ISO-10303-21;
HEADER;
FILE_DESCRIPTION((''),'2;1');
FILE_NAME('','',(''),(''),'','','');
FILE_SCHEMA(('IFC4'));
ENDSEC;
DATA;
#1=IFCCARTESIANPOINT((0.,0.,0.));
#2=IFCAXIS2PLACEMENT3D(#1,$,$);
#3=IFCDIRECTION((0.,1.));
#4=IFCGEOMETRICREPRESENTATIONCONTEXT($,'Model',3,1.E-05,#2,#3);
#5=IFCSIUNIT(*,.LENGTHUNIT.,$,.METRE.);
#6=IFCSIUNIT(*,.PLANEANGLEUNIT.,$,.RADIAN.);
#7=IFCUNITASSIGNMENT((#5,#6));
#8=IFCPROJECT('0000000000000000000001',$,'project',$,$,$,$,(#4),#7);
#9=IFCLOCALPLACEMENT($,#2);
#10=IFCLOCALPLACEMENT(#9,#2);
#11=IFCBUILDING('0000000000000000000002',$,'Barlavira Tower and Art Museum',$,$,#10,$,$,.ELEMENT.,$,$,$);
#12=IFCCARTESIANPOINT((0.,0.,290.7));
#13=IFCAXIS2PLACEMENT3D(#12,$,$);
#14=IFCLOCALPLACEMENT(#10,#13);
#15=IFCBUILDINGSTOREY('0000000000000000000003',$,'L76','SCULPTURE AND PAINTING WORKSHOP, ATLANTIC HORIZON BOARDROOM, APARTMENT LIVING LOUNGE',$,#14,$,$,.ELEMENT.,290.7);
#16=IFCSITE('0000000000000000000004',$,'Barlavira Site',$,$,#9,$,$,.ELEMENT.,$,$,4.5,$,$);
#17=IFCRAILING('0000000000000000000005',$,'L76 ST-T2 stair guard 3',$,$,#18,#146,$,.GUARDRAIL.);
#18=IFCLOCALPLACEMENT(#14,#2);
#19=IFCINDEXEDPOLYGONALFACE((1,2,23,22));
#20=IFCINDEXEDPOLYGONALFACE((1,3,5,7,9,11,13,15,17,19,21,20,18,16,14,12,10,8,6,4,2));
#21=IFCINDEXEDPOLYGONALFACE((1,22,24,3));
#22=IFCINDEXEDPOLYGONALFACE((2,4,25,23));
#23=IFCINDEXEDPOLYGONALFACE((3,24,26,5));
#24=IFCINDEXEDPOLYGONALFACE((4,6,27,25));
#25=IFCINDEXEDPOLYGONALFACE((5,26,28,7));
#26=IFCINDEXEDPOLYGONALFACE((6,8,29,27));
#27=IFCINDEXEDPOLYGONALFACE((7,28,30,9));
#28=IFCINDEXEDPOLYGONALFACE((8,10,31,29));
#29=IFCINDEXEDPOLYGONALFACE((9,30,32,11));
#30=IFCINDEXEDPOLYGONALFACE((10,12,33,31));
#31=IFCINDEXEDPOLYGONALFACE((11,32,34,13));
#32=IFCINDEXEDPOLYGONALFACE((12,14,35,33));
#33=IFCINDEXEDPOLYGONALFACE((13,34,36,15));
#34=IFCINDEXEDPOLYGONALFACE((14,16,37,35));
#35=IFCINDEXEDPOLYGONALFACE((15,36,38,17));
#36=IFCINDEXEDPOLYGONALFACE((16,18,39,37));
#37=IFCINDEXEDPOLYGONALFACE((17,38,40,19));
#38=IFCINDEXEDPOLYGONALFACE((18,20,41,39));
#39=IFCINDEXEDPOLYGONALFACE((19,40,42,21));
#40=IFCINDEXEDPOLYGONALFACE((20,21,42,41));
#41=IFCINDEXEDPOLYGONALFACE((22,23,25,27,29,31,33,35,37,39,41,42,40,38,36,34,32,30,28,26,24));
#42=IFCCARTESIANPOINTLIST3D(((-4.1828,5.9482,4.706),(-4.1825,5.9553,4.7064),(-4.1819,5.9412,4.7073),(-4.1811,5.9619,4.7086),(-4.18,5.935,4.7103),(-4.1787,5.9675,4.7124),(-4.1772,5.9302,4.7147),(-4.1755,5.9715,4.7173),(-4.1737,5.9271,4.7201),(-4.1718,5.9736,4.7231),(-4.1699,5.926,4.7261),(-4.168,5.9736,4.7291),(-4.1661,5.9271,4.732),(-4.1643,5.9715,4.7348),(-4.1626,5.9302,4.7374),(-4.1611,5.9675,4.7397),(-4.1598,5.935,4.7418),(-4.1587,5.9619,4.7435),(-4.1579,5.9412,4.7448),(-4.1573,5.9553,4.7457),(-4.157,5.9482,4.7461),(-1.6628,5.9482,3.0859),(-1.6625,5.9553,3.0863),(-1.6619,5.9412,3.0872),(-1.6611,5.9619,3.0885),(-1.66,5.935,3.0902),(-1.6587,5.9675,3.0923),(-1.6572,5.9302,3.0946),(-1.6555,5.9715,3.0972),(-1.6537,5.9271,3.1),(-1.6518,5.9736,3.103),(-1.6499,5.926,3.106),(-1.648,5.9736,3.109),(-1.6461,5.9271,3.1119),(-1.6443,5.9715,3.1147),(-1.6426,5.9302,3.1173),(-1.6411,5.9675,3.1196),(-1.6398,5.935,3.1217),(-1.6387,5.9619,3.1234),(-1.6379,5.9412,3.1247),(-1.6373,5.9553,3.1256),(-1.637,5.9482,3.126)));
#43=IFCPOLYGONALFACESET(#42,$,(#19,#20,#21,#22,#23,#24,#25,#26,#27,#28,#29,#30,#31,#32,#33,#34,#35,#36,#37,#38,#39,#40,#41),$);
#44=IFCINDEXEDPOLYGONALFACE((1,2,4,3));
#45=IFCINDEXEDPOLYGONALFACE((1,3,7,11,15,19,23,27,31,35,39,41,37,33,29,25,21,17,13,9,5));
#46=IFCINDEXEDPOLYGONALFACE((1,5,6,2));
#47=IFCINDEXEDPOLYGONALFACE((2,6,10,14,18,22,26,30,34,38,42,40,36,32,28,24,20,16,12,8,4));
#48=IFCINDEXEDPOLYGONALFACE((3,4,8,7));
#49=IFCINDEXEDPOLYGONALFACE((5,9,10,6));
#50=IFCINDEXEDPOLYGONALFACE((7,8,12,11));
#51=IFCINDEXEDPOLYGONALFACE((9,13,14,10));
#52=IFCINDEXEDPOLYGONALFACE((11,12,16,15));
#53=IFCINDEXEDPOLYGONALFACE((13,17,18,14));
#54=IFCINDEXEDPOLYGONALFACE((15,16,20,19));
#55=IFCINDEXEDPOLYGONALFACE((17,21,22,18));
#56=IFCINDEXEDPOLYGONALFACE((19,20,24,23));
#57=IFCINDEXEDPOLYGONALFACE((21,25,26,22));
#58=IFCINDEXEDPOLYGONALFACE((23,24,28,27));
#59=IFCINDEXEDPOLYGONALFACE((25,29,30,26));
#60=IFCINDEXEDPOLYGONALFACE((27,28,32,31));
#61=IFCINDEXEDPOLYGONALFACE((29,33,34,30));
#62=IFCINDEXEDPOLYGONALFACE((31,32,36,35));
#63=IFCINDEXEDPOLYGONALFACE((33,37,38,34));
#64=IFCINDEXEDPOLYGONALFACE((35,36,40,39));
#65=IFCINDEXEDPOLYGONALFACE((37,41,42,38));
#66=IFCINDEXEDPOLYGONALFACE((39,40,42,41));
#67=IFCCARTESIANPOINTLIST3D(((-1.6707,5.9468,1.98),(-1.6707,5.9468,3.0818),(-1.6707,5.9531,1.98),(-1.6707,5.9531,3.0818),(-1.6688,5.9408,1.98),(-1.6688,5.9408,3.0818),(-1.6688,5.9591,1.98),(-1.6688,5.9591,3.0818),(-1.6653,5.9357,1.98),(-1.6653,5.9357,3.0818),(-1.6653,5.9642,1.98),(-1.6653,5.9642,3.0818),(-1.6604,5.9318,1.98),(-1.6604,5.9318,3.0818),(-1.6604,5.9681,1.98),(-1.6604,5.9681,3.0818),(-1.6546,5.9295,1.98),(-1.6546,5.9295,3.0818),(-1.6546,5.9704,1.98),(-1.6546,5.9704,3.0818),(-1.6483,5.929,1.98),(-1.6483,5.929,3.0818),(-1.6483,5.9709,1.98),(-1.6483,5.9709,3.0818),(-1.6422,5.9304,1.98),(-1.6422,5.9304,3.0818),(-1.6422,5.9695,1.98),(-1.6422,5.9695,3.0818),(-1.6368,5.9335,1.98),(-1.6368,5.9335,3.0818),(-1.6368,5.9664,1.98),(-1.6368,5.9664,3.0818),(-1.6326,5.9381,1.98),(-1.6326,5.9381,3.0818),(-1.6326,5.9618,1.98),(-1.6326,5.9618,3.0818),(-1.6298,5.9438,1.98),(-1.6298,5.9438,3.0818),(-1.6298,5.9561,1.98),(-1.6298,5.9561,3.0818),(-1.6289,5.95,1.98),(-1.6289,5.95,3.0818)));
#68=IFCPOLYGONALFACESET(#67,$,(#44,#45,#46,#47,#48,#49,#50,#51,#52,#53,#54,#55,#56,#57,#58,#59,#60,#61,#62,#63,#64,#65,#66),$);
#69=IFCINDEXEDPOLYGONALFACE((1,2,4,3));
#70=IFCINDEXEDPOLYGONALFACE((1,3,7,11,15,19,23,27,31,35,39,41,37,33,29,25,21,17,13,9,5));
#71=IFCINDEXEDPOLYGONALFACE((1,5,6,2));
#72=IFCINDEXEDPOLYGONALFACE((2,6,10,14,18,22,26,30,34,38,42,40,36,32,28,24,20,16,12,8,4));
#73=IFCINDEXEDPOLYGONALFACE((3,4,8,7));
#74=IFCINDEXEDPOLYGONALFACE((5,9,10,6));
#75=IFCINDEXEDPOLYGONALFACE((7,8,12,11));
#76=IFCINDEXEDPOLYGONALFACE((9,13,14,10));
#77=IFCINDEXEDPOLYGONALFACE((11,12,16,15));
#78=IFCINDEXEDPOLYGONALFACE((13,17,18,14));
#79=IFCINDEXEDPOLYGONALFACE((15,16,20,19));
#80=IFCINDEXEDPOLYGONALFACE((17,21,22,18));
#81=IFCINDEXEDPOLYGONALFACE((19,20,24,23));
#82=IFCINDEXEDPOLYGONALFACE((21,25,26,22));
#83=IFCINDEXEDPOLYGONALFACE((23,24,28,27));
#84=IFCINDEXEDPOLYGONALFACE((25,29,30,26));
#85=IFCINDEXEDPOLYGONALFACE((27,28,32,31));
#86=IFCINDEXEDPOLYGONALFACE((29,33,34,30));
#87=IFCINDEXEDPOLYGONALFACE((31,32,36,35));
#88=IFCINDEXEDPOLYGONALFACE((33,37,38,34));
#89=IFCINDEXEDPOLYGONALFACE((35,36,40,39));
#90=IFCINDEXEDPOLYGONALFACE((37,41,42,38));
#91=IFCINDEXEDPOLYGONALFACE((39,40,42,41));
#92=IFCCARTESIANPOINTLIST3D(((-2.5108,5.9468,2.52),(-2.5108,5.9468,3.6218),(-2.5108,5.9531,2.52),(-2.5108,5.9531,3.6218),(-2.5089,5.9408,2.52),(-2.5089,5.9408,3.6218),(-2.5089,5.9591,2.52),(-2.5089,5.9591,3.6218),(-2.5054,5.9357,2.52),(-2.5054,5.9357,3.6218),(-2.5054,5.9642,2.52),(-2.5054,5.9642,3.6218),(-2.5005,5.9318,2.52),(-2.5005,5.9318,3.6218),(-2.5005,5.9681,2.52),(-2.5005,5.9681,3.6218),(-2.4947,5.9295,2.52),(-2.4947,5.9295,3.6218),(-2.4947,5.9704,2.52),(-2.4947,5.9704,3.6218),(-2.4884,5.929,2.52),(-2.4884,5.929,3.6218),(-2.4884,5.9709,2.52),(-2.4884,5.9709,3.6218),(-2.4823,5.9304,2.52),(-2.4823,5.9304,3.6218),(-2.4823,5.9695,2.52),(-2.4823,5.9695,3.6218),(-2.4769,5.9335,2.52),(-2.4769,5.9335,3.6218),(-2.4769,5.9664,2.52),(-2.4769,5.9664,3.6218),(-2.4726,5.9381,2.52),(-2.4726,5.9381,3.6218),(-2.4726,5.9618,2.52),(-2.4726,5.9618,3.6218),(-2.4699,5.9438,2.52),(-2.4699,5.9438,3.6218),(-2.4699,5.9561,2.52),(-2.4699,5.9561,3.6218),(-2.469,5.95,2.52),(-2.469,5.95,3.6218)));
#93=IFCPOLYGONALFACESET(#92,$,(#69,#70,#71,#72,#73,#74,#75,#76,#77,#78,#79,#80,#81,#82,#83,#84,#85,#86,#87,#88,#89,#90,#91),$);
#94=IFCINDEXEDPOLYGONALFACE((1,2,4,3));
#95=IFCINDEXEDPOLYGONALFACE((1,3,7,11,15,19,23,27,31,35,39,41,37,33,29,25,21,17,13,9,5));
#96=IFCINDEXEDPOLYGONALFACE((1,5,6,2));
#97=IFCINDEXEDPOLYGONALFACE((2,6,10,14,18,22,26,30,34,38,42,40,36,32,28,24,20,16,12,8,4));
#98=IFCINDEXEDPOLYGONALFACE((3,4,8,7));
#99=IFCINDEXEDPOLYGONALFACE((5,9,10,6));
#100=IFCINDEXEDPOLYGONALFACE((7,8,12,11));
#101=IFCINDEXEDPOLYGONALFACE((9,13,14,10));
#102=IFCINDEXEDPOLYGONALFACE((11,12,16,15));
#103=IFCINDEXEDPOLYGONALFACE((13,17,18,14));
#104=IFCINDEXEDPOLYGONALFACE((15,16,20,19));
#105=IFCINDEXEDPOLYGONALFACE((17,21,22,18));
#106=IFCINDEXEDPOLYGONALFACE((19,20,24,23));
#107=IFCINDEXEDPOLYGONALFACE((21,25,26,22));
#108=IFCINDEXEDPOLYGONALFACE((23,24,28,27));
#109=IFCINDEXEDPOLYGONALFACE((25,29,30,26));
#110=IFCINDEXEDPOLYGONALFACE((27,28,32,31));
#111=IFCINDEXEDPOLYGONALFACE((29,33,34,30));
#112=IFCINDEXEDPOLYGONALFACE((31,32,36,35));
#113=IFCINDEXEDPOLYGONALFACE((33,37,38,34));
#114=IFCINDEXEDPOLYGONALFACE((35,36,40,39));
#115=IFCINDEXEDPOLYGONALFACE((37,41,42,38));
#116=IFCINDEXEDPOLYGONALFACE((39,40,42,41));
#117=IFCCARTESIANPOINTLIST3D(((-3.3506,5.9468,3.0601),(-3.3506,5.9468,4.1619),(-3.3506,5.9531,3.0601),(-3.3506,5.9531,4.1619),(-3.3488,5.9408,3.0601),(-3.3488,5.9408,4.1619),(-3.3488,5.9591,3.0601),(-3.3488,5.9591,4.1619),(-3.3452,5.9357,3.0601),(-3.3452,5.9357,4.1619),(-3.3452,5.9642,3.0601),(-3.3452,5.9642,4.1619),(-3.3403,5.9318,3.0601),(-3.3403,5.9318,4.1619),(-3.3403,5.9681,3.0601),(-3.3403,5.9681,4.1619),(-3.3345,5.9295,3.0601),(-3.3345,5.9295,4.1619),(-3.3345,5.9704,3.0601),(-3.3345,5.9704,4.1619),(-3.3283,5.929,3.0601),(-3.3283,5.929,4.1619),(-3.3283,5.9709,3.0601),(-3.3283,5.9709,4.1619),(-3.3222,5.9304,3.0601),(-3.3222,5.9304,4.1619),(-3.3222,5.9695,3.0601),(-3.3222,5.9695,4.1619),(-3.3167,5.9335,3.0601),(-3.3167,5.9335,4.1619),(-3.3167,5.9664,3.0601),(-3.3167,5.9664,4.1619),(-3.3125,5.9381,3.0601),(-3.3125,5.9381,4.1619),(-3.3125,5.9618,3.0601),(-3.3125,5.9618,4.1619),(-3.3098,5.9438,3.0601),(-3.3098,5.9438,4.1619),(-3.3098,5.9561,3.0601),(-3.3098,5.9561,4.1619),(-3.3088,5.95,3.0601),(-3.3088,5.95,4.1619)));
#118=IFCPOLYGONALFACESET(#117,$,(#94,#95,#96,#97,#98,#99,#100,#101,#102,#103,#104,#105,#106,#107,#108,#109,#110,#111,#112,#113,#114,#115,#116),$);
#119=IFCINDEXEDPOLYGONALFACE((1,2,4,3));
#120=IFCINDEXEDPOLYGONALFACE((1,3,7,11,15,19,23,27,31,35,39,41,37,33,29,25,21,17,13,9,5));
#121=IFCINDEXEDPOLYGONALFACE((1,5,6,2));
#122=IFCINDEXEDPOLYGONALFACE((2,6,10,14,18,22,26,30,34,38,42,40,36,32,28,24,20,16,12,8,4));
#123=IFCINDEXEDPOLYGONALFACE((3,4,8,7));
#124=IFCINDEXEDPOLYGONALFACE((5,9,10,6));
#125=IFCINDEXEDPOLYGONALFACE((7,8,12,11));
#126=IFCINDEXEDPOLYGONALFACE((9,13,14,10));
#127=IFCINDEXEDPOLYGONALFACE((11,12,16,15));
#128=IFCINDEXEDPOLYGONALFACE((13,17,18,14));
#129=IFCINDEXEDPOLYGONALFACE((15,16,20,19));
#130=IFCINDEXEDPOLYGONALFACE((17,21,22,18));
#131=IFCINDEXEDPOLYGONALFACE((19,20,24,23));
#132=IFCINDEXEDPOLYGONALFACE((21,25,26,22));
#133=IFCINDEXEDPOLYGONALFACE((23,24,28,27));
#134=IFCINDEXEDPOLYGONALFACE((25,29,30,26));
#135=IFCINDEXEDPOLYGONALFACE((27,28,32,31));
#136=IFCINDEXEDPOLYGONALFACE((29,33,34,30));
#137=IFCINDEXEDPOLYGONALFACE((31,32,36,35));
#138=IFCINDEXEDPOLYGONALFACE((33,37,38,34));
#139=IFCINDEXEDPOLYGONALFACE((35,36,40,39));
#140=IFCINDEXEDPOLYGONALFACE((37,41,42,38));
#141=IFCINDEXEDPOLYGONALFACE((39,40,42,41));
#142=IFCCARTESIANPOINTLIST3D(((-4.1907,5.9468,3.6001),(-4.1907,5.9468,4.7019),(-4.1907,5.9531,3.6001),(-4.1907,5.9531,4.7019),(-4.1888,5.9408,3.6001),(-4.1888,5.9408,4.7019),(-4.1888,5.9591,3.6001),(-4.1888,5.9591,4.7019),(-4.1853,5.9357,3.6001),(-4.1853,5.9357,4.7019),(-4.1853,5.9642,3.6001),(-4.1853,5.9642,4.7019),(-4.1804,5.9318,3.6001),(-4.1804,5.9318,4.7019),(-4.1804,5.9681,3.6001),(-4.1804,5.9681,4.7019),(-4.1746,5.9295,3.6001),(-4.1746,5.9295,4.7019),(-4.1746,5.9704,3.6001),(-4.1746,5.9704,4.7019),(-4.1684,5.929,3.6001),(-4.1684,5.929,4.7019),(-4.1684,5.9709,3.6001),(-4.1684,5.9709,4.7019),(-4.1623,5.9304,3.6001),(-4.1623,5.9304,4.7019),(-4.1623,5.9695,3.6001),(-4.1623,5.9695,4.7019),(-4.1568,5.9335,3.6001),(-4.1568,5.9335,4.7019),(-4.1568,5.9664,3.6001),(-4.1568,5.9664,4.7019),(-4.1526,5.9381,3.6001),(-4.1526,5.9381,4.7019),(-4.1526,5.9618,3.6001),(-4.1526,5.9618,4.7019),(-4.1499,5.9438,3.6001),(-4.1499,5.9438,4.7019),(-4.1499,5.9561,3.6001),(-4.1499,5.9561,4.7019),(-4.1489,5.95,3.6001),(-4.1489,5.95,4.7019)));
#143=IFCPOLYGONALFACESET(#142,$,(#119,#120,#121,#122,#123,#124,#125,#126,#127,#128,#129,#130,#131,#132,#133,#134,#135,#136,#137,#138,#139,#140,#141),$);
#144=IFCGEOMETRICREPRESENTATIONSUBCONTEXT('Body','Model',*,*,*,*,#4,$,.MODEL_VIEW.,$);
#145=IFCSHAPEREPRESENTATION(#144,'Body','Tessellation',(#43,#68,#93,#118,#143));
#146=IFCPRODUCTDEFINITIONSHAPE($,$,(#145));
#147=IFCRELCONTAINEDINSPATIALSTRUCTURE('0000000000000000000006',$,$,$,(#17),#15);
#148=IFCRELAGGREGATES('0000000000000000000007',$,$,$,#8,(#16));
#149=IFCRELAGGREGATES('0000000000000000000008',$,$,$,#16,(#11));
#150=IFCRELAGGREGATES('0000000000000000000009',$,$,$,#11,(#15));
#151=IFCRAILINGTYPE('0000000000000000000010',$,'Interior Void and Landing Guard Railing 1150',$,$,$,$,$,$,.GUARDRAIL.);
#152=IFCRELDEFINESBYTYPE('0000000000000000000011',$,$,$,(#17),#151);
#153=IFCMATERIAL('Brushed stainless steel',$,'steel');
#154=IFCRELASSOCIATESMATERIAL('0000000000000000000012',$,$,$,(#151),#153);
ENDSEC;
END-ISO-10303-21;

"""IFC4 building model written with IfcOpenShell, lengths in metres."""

from ifc_helpers import new_model, si_unit, direction, frame, origin, origin_2d, place, context, subcontext, project, spatial, circle, extrude, material, type_object, element, save


model = new_model("IFC4")

# Units and contexts
model_context = context("Model", 3, precision=1e-05, world=origin(), true_north=direction((0.0, 1.0)))
body_context = subcontext(model_context, "Body", "Model", "MODEL_VIEW")
ifc_project = project(units=[si_unit("LENGTHUNIT", "METRE"), si_unit("PLANEANGLEUNIT", "RADIAN")], contexts=[model_context])

# Site, building, storey
site_placement = place(None, origin())
site = spatial("IfcSite", under=ifc_project, at=site_placement, Name="Barlavira Site", CompositionType="ELEMENT", RefElevation=4.5)
building_placement = place(site_placement, origin())
building = spatial("IfcBuilding", under=site, at=building_placement, Name="Barlavira Tower and Art Museum", CompositionType="ELEMENT")
storey_placement = place(building_placement, frame((0.0, 0.0, 290.7)))
storey = spatial("IfcBuildingStorey", under=building, at=storey_placement, Name="L76", Description="SCULPTURE AND PAINTING WORKSHOP, ATLANTIC HORIZON BOARDROOM, APARTMENT LIVING LOUNGE", CompositionType="ELEMENT", Elevation=290.7)

# Shared definitions
ifc_material_1 = material(Name="Brushed stainless steel", Category="steel")

# Railing
railing_type_1 = type_object("IfcRailingType", Name="Interior Void and Landing Guard Railing 1150", PredefinedType="GUARDRAIL", material=ifc_material_1)
railing_1_placement = place(storey_placement, frame((-1.6499, 5.95, 1.98)))
element("IfcRailing", 1, at=railing_1_placement, inside=storey, type_object=railing_type_1, Name="L76 ST-T2 stair guard 3", PredefinedType="GUARDRAIL", context=body_context, shape_type="SweptSolid", body=[
    extrude(circle(Radius=0.0239, at=origin_2d()), frame((0.0, 0.0, 1.126), z_axis=(-0.841163, 0.0, 0.540782), x_axis=(0.0, -1.0, 0.0)), (0.0, 0.0, 1.0), 2.9958),
    extrude(circle(Radius=0.021, at=origin_2d()), origin(), (0.0, 0.0, 1.0), 1.1018),
    extrude(circle(Radius=0.021, at=origin_2d()), frame((-0.8401, 0.0, 0.54)), (0.0, 0.0, 1.0), 1.1018),
    extrude(circle(Radius=0.021, at=origin_2d()), frame((-1.6799, 0.0, 1.0801)), (0.0, 0.0, 1.0), 1.1018),
    extrude(circle(Radius=0.021, at=origin_2d()), frame((-2.52, 0.0, 1.6201)), (0.0, 0.0, 1.0), 1.1018),
])

save(model, "model.ifc")
